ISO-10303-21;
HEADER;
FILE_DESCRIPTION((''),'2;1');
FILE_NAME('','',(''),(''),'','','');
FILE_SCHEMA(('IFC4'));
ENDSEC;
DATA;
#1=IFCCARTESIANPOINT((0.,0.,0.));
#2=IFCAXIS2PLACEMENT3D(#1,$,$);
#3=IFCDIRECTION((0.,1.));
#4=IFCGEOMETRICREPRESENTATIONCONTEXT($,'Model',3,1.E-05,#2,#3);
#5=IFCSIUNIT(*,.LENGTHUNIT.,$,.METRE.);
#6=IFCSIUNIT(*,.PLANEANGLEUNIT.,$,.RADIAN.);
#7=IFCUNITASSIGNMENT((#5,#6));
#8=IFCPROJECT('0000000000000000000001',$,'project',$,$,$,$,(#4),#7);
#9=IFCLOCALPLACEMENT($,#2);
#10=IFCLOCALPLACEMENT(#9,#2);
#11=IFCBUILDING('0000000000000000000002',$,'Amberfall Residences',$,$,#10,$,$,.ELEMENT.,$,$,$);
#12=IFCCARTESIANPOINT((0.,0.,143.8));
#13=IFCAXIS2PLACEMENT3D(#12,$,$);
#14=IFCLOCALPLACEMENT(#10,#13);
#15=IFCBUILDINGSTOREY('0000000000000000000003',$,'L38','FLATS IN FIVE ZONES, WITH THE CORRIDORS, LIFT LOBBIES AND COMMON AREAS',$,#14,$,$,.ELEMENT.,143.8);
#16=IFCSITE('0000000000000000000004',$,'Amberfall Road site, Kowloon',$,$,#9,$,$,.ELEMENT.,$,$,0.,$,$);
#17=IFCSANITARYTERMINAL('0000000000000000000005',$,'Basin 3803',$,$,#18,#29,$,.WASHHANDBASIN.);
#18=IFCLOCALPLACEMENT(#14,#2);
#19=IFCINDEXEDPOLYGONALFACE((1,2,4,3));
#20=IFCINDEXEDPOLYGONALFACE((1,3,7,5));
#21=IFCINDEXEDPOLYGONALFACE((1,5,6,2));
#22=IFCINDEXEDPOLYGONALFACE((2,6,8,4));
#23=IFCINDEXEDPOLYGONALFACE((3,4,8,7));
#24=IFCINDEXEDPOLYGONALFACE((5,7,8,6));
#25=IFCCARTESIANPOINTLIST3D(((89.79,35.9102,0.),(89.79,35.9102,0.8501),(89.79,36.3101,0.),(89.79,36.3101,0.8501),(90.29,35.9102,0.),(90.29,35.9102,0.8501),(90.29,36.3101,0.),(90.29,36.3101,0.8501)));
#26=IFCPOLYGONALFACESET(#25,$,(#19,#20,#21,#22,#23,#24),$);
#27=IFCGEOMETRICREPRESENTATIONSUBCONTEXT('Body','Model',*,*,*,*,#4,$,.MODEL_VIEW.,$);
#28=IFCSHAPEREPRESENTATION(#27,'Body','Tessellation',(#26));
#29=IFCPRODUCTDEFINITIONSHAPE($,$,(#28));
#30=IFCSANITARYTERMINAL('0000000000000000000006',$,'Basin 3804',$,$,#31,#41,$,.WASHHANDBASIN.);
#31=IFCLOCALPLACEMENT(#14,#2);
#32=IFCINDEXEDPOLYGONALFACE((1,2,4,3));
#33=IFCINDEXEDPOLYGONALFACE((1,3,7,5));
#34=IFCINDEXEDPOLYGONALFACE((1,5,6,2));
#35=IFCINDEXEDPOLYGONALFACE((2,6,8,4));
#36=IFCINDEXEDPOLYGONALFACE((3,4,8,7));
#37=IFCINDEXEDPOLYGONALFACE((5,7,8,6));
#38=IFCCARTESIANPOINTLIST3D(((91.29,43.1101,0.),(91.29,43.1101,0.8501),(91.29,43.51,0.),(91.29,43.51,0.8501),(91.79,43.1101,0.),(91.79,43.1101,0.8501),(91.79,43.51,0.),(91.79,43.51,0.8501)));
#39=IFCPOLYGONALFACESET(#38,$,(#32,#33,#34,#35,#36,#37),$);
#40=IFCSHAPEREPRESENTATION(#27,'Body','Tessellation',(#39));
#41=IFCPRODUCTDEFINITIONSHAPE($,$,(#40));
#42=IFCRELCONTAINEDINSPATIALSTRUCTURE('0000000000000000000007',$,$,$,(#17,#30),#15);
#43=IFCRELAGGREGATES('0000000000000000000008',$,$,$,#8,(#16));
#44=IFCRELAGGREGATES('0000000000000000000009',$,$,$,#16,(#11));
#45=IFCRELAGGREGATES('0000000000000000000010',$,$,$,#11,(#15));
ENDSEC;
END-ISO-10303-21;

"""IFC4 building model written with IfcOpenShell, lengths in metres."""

from ifc_helpers import new_model, si_unit, direction, frame, origin, origin_2d, place, context, subcontext, project, spatial, rectangle, extrude, element, save


model = new_model("IFC4")

# Units and contexts
model_context = context("Model", 3, precision=1e-05, world=origin(), true_north=direction((0.0, 1.0)))
body_context = subcontext(model_context, "Body", "Model", "MODEL_VIEW")
ifc_project = project(units=[si_unit("LENGTHUNIT", "METRE"), si_unit("PLANEANGLEUNIT", "RADIAN")], contexts=[model_context])

# Site, building, storey
site_placement = place(None, origin())
site = spatial("IfcSite", under=ifc_project, at=site_placement, Name="Amberfall Road site, Kowloon", CompositionType="ELEMENT", RefElevation=0.0)
building_placement = place(site_placement, origin())
building = spatial("IfcBuilding", under=site, at=building_placement, Name="Amberfall Residences", CompositionType="ELEMENT")
storey_placement = place(building_placement, frame((0.0, 0.0, 143.8)))
storey = spatial("IfcBuildingStorey", under=building, at=storey_placement, Name="L38", Description="FLATS IN FIVE ZONES, WITH THE CORRIDORS, LIFT LOBBIES AND COMMON AREAS", CompositionType="ELEMENT", Elevation=143.8)

# Sanitary terminals
for number, where, z_axis, x_axis, name in (
    (1, (90.04, 36.1101, 0.0), (0.0, 0.0, 1.0), (1.0, 0.0, 0.0), "Basin 3803"),
    (2, (91.54, 43.3101, 0.0), (0.0, 0.0, 1.0), (1.0, 0.0, 0.0), "Basin 3804"),
):
    element("IfcSanitaryTerminal", number, at=place(storey_placement, frame(where, z_axis=z_axis, x_axis=x_axis)), inside=storey, Name=name, PredefinedType="WASHHANDBASIN", context=body_context, shape_type="SweptSolid", body=[
        extrude(rectangle(XDim=0.5, YDim=0.3999, at=origin_2d()), origin(), (0.0, 0.0, 1.0), 0.8501),
    ])

save(model, "model.ifc")
